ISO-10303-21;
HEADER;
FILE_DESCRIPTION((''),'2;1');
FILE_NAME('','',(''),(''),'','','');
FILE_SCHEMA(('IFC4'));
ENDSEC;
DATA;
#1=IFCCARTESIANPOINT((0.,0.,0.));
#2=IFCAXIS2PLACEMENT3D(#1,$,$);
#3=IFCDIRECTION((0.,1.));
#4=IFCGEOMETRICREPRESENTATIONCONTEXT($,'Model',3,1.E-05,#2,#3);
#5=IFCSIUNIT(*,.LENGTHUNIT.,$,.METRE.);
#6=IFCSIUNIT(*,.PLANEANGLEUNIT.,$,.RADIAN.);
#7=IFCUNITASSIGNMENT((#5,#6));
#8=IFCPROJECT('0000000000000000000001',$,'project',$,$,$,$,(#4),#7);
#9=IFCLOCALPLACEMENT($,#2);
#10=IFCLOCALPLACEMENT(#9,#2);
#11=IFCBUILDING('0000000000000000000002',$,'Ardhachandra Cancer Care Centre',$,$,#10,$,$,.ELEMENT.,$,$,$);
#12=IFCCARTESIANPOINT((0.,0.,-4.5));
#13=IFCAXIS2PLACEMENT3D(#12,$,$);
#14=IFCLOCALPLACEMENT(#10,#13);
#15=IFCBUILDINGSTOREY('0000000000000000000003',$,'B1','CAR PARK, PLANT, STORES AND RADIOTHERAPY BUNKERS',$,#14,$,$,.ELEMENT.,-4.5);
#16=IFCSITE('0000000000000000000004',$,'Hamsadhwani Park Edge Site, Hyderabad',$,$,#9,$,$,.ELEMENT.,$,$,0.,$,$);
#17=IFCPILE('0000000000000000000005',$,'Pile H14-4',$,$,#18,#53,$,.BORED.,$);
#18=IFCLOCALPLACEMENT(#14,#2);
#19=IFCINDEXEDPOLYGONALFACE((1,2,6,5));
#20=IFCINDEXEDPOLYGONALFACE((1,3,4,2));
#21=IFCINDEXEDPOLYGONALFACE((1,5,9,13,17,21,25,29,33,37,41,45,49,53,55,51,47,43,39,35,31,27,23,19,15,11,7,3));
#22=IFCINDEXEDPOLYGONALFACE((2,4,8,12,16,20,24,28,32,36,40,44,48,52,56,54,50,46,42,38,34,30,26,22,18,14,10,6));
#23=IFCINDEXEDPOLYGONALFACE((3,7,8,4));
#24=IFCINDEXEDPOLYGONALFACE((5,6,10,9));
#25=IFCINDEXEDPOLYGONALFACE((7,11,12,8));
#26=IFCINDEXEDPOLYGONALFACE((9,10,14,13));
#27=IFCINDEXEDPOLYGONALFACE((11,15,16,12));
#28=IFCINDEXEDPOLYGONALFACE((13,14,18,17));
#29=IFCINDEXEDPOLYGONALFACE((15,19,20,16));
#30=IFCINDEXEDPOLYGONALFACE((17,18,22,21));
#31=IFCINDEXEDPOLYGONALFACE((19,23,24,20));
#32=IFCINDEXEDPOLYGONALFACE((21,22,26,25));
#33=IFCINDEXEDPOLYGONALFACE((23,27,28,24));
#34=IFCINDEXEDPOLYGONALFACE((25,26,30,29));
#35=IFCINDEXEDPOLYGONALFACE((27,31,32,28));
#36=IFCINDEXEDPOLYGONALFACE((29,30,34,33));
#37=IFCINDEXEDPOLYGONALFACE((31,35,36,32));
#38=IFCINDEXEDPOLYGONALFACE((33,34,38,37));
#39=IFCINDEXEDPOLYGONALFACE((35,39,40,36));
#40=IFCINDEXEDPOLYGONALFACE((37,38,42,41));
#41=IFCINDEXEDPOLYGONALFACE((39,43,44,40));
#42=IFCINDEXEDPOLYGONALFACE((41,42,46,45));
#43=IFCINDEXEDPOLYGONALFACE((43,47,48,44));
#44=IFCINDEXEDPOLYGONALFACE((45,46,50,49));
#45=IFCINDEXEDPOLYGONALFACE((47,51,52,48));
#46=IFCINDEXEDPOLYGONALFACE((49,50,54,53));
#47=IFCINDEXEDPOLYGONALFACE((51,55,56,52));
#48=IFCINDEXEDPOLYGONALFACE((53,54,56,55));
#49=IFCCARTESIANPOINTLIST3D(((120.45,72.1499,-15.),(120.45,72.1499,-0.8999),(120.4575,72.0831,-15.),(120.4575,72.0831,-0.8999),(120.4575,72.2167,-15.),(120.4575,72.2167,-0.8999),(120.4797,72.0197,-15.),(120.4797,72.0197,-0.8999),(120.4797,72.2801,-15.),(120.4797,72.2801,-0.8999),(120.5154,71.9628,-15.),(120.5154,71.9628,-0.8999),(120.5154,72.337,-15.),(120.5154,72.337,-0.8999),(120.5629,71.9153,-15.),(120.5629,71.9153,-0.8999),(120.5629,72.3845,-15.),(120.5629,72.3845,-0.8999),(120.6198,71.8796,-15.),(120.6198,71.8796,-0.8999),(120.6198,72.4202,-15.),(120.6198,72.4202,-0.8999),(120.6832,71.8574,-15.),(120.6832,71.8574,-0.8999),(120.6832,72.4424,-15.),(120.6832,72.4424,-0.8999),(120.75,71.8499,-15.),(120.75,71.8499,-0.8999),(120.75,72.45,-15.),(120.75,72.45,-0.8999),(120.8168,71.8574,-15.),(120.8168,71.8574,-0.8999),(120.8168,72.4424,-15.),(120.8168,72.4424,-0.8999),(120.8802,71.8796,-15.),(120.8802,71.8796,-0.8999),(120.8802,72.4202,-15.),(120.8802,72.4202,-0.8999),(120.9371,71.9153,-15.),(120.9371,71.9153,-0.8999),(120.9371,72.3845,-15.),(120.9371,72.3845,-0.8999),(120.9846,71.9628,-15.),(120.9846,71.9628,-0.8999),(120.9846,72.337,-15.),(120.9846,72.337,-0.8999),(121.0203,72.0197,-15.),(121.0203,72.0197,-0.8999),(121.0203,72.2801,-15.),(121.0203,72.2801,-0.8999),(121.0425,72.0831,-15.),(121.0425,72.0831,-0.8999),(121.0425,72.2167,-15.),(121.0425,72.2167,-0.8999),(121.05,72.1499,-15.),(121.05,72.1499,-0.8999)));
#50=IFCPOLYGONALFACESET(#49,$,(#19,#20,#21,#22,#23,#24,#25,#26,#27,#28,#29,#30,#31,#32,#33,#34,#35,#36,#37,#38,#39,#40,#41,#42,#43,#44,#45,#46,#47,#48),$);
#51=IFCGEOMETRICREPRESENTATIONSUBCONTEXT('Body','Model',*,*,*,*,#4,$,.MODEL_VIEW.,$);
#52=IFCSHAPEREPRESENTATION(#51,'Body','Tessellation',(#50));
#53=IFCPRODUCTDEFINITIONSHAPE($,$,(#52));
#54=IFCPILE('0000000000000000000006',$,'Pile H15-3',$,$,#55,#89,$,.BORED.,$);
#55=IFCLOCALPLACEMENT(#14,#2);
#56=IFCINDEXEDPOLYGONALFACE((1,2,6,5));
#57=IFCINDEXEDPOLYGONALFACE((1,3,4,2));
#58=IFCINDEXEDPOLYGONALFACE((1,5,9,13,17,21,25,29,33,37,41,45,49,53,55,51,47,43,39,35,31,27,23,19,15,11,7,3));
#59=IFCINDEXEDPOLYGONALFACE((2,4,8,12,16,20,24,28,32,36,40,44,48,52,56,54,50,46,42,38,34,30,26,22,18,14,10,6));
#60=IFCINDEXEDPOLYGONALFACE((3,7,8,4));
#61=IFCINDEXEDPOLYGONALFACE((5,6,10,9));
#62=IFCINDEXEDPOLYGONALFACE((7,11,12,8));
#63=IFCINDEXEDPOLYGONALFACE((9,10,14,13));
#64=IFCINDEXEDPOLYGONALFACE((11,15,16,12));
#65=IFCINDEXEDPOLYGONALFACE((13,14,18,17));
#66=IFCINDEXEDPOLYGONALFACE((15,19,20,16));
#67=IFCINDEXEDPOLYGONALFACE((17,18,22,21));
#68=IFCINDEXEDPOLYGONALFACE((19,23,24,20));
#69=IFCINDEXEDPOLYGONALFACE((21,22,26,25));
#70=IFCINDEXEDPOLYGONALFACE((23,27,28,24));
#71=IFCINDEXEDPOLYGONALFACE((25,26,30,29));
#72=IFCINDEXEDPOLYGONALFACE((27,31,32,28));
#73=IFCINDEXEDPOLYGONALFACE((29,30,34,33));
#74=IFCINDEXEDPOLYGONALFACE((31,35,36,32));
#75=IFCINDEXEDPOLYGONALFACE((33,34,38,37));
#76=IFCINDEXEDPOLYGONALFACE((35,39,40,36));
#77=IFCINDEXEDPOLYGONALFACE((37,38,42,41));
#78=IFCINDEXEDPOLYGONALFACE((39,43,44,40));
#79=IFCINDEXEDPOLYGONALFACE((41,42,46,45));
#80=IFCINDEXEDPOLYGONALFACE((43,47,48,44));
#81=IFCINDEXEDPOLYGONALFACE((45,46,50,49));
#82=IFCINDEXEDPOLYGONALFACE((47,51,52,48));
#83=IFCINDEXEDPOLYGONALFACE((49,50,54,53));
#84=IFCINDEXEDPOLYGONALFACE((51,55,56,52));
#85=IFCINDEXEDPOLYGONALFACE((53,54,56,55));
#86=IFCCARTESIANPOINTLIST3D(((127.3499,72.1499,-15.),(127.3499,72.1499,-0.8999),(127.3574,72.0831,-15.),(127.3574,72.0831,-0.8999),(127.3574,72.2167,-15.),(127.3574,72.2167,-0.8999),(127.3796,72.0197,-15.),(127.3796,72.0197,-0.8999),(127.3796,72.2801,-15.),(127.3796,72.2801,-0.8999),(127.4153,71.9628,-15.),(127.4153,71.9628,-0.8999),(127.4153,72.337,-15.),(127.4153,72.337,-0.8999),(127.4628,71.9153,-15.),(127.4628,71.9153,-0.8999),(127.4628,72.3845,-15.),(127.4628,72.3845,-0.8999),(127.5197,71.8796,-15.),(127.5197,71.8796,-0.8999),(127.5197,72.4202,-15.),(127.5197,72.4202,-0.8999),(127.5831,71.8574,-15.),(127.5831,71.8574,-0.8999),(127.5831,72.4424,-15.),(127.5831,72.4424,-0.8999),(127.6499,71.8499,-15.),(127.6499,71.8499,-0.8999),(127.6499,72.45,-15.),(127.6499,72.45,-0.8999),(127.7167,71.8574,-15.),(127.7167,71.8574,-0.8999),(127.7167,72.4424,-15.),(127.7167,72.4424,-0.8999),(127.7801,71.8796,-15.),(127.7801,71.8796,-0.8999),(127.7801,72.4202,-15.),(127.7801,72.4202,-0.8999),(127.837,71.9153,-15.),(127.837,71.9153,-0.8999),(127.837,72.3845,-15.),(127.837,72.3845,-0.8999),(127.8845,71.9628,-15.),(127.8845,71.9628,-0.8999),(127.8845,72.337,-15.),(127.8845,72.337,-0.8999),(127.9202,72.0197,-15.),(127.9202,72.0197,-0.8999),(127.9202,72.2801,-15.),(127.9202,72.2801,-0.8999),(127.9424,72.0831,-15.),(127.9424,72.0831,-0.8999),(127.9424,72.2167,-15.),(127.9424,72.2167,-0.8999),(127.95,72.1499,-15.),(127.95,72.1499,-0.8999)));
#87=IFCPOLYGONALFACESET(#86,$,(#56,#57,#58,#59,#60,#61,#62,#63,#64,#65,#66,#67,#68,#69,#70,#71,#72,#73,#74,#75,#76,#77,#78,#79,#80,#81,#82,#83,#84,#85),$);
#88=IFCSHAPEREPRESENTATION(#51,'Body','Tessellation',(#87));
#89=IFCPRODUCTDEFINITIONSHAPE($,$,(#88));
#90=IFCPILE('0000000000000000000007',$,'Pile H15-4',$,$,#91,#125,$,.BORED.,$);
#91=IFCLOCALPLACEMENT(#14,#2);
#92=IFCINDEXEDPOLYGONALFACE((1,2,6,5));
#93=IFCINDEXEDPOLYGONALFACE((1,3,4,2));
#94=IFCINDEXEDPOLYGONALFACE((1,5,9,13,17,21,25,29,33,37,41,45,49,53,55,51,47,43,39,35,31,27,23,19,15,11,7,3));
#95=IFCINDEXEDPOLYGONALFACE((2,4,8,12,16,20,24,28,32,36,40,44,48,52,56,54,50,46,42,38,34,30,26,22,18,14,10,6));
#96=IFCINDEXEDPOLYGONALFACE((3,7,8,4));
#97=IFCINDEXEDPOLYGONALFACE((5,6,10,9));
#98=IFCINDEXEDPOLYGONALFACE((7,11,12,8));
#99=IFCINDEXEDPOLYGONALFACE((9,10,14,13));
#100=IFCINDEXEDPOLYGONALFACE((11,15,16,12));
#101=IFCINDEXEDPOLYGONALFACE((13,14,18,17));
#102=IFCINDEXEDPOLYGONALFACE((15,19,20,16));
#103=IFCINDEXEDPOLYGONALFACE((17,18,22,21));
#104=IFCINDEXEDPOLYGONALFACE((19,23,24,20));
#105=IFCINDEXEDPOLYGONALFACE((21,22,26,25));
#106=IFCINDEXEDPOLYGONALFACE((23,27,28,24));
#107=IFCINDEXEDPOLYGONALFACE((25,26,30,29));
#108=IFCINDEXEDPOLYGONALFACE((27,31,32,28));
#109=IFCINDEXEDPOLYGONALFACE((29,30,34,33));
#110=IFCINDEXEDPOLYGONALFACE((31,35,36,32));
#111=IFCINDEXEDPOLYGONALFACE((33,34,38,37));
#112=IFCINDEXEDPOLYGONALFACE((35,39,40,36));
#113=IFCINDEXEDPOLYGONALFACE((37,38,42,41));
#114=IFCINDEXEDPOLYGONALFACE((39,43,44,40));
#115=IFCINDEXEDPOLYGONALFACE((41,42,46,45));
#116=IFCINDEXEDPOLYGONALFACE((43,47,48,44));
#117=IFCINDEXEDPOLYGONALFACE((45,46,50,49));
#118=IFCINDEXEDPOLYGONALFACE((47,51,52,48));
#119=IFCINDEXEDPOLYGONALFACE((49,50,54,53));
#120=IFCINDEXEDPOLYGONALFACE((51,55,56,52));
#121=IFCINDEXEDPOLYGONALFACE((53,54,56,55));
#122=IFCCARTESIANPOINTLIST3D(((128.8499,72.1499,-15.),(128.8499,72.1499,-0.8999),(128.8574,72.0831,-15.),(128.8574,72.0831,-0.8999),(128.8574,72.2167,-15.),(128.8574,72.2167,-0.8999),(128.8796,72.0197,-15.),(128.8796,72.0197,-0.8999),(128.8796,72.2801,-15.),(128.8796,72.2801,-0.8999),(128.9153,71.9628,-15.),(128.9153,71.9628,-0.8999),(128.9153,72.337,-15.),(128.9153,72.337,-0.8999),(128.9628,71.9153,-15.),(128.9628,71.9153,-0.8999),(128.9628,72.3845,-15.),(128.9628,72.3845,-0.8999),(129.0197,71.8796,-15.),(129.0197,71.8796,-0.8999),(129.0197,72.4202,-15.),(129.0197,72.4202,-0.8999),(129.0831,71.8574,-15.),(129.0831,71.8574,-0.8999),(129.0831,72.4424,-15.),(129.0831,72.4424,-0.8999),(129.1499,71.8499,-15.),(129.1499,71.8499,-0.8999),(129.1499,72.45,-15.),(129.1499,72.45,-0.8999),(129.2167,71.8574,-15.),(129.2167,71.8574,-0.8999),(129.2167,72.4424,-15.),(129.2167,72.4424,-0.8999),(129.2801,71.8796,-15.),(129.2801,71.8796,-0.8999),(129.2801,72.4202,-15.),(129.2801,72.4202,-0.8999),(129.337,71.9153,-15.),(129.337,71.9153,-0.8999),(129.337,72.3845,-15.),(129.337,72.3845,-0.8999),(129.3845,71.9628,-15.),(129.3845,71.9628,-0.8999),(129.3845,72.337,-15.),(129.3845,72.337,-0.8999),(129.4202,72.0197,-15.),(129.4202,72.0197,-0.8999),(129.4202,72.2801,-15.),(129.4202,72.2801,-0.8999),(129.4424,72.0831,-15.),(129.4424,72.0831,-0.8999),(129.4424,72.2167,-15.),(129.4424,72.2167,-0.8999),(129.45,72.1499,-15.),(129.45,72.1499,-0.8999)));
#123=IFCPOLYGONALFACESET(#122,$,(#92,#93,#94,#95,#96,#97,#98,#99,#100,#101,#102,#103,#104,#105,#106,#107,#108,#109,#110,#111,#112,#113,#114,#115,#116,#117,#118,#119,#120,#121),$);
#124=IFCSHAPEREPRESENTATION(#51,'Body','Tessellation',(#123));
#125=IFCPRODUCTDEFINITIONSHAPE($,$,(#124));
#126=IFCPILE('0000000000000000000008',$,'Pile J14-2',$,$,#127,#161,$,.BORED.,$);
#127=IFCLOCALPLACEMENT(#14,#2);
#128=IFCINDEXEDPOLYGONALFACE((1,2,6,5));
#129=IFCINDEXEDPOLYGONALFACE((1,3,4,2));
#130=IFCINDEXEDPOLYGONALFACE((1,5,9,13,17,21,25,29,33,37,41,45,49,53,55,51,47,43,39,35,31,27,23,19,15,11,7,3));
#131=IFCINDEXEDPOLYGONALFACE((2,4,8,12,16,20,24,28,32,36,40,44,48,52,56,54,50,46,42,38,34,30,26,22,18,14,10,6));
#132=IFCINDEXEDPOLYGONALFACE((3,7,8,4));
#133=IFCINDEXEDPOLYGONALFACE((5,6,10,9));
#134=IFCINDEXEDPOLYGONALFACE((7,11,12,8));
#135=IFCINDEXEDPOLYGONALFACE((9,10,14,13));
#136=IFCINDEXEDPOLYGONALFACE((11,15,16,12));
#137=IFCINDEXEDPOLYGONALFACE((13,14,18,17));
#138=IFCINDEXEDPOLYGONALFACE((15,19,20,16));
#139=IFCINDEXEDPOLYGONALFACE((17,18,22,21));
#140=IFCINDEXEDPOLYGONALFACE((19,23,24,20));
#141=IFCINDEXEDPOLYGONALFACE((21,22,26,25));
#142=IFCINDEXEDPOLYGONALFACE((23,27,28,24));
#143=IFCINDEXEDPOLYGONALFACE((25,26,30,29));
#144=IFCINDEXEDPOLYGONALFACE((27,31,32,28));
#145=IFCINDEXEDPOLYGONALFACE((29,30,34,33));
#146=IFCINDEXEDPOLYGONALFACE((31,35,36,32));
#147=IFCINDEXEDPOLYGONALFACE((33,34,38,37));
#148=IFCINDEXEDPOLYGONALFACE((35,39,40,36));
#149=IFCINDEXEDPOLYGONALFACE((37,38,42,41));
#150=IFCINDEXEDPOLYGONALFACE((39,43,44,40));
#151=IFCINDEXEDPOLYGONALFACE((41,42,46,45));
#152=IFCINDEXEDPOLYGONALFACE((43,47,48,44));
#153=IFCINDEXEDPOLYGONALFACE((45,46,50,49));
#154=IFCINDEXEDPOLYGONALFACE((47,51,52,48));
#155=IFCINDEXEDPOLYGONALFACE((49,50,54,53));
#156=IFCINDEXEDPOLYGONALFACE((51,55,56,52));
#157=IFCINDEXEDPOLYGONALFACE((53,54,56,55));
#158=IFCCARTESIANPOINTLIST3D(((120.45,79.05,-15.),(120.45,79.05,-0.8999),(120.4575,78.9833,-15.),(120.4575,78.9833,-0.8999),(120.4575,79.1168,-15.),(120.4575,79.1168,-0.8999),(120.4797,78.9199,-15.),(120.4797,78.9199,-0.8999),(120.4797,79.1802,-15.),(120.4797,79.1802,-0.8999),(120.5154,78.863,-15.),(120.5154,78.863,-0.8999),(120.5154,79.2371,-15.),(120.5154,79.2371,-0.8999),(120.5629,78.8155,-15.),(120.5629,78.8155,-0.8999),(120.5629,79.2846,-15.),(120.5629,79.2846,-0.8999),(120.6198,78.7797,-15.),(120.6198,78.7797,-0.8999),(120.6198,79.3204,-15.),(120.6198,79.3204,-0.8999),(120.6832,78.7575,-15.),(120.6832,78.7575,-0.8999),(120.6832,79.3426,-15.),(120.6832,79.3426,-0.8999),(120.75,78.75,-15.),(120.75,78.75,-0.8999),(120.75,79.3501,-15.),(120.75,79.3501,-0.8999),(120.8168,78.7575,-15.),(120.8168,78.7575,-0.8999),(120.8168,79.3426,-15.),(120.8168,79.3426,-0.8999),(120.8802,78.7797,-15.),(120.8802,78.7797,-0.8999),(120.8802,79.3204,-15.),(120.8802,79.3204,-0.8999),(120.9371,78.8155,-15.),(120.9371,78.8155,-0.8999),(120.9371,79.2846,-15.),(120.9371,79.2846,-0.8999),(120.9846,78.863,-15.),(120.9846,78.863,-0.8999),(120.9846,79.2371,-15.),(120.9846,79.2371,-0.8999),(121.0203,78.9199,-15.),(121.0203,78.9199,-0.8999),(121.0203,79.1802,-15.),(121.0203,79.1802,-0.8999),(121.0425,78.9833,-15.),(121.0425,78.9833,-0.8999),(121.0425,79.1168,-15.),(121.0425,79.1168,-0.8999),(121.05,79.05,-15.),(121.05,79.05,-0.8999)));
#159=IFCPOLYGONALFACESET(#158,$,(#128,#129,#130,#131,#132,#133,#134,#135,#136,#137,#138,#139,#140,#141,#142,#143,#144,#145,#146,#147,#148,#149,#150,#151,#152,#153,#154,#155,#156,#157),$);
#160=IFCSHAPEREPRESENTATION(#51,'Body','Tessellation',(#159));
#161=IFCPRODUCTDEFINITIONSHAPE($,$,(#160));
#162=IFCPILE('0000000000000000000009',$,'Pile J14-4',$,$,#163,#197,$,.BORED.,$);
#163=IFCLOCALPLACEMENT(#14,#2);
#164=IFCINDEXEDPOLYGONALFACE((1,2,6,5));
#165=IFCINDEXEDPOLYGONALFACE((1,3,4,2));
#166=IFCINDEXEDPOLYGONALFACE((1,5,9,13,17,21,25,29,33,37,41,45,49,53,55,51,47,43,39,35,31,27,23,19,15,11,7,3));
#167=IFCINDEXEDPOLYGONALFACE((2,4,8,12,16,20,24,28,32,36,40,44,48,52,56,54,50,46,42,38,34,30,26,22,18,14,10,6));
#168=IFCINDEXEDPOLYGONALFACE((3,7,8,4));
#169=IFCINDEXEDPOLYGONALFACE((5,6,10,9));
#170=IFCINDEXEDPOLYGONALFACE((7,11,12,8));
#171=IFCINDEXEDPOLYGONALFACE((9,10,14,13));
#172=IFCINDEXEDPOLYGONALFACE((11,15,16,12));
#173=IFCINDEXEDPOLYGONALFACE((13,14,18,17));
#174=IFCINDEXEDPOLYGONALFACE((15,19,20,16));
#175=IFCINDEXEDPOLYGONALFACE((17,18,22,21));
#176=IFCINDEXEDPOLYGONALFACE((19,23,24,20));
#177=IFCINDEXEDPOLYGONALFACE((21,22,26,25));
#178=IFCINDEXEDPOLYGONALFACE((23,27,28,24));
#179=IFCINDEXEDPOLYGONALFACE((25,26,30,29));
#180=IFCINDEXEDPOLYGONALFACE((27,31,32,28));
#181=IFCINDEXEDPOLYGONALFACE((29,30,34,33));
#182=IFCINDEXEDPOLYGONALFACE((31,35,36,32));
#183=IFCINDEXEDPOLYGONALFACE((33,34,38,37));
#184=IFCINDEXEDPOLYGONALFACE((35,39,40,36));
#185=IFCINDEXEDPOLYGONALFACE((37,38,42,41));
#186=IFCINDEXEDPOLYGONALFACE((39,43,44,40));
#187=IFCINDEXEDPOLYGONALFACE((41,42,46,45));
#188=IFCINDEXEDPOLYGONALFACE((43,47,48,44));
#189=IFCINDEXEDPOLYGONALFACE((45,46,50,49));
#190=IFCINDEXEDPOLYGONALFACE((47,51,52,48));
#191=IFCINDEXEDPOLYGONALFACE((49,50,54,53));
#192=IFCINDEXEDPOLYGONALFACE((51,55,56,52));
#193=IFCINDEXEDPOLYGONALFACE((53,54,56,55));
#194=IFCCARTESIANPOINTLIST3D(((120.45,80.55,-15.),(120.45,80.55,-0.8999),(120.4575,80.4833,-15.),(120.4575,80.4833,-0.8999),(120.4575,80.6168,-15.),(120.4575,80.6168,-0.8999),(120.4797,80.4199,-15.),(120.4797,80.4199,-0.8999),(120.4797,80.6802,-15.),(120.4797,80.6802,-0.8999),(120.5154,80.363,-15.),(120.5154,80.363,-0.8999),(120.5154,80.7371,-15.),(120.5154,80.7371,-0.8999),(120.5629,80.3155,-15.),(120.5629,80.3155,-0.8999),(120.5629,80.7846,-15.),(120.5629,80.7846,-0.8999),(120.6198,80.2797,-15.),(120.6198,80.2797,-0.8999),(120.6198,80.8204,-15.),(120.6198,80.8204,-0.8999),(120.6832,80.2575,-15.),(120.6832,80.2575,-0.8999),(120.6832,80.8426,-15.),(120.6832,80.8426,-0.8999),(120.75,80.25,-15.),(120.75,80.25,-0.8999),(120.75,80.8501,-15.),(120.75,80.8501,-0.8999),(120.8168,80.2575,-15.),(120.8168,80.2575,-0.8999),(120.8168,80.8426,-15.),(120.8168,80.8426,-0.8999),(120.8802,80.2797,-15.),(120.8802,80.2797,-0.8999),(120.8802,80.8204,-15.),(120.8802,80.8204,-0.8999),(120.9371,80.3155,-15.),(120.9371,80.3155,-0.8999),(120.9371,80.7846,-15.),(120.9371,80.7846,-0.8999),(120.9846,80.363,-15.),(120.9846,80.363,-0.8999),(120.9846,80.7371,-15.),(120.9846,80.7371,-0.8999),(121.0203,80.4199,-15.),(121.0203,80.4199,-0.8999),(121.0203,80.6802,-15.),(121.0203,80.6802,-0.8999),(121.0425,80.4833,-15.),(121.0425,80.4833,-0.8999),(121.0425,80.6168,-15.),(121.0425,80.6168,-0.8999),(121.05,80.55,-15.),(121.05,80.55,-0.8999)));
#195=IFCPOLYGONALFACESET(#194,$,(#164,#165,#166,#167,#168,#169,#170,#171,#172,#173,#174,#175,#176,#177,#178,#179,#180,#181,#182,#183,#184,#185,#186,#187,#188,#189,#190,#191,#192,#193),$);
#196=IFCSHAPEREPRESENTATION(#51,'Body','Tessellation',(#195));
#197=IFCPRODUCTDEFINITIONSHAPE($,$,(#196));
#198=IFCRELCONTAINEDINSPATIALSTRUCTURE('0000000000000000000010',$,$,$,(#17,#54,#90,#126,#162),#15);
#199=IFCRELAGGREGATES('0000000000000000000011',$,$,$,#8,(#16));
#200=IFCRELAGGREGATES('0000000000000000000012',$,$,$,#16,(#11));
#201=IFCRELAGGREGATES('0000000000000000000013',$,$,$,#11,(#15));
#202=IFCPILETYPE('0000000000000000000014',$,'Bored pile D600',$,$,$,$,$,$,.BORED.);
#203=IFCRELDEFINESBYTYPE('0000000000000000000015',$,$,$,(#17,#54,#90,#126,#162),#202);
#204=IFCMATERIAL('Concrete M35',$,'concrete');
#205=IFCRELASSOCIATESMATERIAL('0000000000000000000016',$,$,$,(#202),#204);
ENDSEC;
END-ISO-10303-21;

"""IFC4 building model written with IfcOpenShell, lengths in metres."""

from ifc_helpers import new_model, si_unit, direction, frame, origin, origin_2d, place, context, subcontext, project, spatial, circle, extrude, material, material_profile, profile_set, type_object, element, save


model = new_model("IFC4")

# Units and contexts
model_context = context("Model", 3, precision=1e-05, world=origin(), true_north=direction((0.0, 1.0)))
body_context = subcontext(model_context, "Body", "Model", "MODEL_VIEW")
ifc_project = project(units=[si_unit("LENGTHUNIT", "METRE"), si_unit("PLANEANGLEUNIT", "RADIAN")], contexts=[model_context])

# Site, building, storey
site_placement = place(None, origin())
site = spatial("IfcSite", under=ifc_project, at=site_placement, Name="Hamsadhwani Park Edge Site, Hyderabad", CompositionType="ELEMENT", RefElevation=0.0)
building_placement = place(site_placement, origin())
building = spatial("IfcBuilding", under=site, at=building_placement, Name="Ardhachandra Cancer Care Centre", CompositionType="ELEMENT")
storey_placement = place(building_placement, frame((0.0, 0.0, -4.5)))
storey = spatial("IfcBuildingStorey", under=building, at=storey_placement, Name="B1", Description="CAR PARK, PLANT, STORES AND RADIOTHERAPY BUNKERS", CompositionType="ELEMENT", Elevation=-4.5)

# Piles
ifc_material_1 = material(Name="Concrete M35", Category="concrete")
ifc_material_profile_1 = material_profile(ifc_material_1, circle(Radius=0.3, at=origin_2d()), Name="D600")
ifc_profile_set_1 = profile_set([ifc_material_profile_1], Name="Concrete M35")
pile_type = type_object("IfcPileType", Name="Bored pile D600", PredefinedType="BORED", material=ifc_profile_set_1)
for number, where, z_axis, x_axis, name in (
    (1, (120.75, 72.1499, -0.8999), (0.0, 0.0, -1.0), (1.0, 0.0, 0.0), "Pile H14-4"),
    (2, (127.6499, 72.1499, -0.8999), (0.0, 0.0, -1.0), (1.0, 0.0, 0.0), "Pile H15-3"),
    (3, (129.1499, 72.1499, -0.8999), (0.0, 0.0, -1.0), (1.0, 0.0, 0.0), "Pile H15-4"),
    (4, (120.75, 79.05, -0.8999), (0.0, 0.0, -1.0), (1.0, 0.0, 0.0), "Pile J14-2"),
    (5, (120.75, 80.55, -0.8999), (0.0, 0.0, -1.0), (1.0, 0.0, 0.0), "Pile J14-4"),
):
    element("IfcPile", number, at=place(storey_placement, frame(where, z_axis=z_axis, x_axis=x_axis)), inside=storey, type_object=pile_type, Name=name, PredefinedType="BORED", context=body_context, shape_type="SweptSolid", body=[
        extrude(circle(Radius=0.3, at=origin_2d()), origin(), (0.0, 0.0, 1.0), 14.1001),
    ])

save(model, "model.ifc")
